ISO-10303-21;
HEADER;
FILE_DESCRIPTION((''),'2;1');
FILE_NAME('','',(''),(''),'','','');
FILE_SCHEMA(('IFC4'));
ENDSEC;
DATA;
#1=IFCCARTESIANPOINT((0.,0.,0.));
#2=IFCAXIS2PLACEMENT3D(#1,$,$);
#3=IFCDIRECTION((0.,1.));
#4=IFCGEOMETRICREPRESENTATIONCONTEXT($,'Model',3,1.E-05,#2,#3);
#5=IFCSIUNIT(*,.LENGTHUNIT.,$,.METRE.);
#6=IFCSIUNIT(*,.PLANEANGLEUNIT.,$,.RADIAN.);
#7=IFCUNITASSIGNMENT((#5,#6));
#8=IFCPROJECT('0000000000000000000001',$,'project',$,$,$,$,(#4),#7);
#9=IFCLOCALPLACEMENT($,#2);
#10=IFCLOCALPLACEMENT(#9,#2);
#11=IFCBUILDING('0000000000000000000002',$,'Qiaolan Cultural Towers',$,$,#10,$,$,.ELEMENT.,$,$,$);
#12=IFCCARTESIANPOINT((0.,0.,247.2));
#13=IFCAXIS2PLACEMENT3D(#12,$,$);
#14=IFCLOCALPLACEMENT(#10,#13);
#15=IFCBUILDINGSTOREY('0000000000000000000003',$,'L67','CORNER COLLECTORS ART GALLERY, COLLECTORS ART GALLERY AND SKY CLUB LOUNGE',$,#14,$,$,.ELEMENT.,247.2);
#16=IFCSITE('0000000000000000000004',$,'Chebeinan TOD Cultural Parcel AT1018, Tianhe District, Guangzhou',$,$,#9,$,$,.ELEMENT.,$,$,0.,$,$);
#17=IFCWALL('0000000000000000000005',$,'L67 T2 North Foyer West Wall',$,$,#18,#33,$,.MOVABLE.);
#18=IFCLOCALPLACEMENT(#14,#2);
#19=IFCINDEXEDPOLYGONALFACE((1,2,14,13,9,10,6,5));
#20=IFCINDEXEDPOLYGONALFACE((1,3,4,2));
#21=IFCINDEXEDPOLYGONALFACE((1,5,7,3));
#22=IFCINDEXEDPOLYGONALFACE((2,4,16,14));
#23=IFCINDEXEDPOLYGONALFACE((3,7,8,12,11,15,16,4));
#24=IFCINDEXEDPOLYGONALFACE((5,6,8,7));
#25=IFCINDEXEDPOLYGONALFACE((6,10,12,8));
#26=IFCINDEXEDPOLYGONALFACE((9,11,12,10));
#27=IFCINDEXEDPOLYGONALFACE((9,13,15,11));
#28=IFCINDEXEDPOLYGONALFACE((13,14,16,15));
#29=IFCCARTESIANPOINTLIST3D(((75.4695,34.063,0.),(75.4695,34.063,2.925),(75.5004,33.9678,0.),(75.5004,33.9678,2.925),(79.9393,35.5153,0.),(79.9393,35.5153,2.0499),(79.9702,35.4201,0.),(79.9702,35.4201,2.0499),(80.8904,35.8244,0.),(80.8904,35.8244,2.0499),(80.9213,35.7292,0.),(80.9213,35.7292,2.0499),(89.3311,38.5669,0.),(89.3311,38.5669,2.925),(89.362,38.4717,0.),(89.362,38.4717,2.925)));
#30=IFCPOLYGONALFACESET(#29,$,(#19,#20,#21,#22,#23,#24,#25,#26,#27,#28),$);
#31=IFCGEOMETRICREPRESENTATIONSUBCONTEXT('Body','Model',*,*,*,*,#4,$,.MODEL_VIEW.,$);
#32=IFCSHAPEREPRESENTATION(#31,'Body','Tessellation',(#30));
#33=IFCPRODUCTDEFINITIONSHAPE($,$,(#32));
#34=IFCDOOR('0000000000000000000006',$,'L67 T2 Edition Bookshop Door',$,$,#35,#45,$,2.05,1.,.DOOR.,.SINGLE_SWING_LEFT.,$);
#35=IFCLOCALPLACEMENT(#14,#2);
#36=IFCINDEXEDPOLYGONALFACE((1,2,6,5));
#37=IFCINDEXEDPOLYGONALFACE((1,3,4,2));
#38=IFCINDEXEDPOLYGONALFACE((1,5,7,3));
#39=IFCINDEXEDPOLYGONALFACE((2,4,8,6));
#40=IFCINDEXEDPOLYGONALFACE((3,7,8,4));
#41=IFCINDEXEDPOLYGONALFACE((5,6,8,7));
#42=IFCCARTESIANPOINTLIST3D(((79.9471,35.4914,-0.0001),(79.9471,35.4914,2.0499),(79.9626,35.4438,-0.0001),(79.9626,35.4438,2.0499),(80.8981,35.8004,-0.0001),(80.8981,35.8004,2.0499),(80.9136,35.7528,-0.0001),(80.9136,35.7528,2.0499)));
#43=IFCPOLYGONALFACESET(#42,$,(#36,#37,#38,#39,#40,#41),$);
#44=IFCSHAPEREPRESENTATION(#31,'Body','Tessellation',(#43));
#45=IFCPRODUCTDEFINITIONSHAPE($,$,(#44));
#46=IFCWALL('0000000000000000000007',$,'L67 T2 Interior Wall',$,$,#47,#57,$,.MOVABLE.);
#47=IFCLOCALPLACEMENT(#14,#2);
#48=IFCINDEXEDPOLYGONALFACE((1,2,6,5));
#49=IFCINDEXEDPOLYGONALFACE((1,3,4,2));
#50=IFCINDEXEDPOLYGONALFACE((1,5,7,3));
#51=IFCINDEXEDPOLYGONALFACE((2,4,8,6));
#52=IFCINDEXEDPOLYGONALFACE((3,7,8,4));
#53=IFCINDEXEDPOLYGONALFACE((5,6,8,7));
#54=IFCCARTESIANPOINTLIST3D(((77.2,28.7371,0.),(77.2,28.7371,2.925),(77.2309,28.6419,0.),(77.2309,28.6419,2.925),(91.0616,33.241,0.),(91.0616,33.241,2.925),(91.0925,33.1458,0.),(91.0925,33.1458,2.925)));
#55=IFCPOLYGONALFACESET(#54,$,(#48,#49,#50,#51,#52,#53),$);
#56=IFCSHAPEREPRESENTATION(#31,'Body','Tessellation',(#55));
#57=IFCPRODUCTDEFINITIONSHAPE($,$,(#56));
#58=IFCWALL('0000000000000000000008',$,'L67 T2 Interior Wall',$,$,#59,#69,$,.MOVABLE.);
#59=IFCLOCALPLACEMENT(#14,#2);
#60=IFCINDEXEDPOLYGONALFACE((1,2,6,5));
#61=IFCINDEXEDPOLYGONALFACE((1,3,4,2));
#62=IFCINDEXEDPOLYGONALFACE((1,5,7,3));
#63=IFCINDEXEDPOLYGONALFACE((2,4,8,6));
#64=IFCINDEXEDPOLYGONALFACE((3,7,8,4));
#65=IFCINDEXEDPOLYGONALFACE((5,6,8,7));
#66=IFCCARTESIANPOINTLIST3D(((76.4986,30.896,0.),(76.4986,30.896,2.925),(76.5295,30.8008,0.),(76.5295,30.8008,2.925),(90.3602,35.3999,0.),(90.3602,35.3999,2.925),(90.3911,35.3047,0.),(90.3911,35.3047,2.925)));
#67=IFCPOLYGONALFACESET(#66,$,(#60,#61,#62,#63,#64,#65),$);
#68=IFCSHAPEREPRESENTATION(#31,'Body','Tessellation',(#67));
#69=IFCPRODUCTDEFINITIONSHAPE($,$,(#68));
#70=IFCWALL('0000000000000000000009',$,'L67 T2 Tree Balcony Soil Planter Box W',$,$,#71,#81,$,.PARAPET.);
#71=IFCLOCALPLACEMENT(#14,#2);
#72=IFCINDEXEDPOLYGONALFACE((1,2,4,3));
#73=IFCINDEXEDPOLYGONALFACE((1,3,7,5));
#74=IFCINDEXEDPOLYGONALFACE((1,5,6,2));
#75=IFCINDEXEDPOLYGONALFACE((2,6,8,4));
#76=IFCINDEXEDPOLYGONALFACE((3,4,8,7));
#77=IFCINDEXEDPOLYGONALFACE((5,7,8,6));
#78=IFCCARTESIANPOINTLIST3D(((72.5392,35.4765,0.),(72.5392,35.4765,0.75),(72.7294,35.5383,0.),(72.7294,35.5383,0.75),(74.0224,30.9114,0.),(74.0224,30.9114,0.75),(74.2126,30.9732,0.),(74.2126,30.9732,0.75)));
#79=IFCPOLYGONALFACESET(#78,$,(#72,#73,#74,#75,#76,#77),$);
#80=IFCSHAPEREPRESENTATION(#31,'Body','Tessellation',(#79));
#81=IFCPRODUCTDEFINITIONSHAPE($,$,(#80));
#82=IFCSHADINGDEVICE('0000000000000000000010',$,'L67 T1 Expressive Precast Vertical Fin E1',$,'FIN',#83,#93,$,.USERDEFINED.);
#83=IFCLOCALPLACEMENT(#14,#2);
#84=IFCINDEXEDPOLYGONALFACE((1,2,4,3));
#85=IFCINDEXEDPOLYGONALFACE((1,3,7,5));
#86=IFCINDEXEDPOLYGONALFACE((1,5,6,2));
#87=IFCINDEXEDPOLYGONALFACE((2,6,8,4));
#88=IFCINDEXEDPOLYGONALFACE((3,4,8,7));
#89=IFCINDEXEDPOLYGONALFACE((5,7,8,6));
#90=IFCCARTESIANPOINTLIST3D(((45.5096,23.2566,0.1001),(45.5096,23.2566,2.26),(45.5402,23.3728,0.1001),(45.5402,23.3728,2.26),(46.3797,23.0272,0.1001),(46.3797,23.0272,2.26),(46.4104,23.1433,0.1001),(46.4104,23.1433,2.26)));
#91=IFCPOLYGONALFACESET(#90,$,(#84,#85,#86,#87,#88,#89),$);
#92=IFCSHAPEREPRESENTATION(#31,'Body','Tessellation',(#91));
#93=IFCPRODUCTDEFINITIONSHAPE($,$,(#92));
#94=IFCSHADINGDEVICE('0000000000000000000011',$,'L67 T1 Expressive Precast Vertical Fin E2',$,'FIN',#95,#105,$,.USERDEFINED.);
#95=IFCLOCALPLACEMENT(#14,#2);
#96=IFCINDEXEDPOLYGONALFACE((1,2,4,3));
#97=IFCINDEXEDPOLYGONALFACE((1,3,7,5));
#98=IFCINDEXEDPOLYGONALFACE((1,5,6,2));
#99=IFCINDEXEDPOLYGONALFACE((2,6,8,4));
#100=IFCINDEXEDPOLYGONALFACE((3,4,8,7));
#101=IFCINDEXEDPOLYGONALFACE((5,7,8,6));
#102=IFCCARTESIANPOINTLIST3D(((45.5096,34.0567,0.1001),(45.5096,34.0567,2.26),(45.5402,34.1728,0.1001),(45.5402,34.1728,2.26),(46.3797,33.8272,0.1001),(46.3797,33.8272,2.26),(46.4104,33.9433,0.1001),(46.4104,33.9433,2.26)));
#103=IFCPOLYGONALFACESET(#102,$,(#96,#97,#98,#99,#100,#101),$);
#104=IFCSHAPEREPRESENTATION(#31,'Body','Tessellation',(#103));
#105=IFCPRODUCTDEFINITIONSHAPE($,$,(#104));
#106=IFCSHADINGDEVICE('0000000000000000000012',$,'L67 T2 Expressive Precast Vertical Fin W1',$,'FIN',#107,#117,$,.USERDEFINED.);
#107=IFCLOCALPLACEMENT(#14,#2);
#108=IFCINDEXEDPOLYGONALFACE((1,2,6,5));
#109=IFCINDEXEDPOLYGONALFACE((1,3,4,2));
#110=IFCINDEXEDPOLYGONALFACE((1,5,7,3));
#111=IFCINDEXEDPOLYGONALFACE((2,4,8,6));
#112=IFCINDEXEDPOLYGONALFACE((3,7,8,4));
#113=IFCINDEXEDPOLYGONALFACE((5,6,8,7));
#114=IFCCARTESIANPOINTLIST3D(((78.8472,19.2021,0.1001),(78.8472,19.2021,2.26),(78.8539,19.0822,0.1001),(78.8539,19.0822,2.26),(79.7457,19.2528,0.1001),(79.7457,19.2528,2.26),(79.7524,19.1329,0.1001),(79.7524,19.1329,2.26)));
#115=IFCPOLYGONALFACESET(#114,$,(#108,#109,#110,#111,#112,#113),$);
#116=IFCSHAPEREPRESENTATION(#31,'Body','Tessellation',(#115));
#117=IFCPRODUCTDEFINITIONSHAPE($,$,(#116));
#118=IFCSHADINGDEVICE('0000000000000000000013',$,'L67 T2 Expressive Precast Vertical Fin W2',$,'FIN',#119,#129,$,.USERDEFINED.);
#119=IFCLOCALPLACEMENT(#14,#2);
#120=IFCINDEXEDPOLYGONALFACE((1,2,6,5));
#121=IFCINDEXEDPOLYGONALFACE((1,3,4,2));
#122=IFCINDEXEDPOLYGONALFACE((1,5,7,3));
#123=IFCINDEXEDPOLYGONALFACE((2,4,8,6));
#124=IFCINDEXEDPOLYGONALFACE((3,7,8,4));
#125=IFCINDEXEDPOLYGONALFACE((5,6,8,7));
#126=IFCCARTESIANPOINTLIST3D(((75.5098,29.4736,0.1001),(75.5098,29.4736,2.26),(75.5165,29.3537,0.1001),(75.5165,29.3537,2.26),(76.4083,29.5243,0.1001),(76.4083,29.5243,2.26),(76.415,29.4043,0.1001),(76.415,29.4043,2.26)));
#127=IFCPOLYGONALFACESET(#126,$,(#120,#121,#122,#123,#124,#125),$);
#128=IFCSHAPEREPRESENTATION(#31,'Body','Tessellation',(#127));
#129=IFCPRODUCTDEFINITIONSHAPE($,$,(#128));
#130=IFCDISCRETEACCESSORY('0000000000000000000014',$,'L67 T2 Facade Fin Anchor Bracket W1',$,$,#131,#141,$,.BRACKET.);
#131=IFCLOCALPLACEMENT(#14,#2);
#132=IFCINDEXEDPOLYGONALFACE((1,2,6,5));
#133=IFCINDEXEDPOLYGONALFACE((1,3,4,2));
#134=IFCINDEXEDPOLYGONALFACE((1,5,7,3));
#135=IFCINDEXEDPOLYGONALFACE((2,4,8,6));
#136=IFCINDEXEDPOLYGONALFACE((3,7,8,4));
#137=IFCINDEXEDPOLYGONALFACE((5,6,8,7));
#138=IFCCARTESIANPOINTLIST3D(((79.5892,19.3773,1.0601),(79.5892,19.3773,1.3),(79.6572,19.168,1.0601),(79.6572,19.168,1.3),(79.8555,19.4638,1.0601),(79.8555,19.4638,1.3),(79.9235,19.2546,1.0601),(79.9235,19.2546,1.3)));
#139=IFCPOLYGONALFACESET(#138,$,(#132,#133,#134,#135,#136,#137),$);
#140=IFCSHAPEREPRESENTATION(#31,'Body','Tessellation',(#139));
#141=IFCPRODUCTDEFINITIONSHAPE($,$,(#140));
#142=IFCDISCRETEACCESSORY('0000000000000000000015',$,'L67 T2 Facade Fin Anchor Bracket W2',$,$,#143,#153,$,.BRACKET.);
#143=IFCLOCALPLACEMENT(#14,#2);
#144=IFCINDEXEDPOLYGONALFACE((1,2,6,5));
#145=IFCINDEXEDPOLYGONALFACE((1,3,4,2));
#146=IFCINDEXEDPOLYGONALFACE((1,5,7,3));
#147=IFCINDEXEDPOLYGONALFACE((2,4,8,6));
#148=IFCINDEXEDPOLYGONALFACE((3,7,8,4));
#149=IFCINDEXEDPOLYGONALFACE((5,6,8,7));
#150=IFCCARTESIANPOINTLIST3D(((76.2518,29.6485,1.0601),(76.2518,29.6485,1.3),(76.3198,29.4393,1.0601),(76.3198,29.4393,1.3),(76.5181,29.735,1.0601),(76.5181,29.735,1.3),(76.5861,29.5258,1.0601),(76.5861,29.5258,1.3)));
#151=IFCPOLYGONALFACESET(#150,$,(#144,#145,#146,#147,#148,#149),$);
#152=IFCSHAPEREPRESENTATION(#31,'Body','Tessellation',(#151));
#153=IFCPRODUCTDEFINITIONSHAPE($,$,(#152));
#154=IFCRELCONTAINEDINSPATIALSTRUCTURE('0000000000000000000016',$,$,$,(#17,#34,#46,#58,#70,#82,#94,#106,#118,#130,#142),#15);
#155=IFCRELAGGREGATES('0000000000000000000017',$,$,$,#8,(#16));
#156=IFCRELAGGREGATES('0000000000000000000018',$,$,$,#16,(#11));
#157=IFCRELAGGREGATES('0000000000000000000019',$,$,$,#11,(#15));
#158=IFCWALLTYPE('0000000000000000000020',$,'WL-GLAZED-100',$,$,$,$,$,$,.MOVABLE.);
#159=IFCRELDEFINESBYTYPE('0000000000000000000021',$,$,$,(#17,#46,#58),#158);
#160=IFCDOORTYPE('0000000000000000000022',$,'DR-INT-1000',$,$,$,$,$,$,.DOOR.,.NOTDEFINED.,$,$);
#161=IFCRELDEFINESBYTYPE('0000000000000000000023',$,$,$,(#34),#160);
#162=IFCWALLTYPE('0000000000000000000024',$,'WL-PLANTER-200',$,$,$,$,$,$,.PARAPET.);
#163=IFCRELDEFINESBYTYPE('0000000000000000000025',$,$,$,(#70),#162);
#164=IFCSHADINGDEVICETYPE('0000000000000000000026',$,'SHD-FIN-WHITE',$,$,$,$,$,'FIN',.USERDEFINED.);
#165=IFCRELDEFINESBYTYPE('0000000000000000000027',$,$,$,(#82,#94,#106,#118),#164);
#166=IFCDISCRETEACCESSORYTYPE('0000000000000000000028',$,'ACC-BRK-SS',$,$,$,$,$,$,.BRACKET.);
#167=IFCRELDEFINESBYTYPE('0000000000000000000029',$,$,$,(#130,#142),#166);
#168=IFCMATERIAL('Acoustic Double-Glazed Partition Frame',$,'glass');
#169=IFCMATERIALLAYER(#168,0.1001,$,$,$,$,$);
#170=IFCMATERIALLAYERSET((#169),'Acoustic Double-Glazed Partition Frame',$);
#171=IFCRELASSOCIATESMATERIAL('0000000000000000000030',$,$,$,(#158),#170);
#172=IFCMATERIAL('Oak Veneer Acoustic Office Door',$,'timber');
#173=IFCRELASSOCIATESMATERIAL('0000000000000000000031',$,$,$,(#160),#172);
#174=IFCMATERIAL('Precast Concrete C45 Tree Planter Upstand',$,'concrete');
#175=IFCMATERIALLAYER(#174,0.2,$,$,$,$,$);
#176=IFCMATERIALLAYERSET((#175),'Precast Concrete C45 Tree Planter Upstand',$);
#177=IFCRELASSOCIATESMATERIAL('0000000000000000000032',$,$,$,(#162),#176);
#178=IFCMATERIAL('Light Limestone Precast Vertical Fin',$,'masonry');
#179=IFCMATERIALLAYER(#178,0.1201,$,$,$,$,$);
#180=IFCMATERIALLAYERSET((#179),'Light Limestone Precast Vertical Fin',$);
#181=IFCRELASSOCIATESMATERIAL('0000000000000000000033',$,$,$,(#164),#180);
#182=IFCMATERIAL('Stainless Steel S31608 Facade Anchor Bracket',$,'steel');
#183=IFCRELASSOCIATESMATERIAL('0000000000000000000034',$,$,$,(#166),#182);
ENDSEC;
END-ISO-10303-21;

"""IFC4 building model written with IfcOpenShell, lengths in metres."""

from ifc_helpers import new_model, si_unit, direction, frame, frame_2d, origin, origin_2d, place, context, subcontext, project, spatial, rectangle, extrude, material, layer, layer_set, type_object, element, fill, save


model = new_model("IFC4")

# Units and contexts
model_context = context("Model", 3, precision=1e-05, world=origin(), true_north=direction((0.0, 1.0)))
body_context = subcontext(model_context, "Body", "Model", "MODEL_VIEW")
ifc_project = project(units=[si_unit("LENGTHUNIT", "METRE"), si_unit("PLANEANGLEUNIT", "RADIAN")], contexts=[model_context])

# Site, building, storey
site_placement = place(None, origin())
site = spatial("IfcSite", under=ifc_project, at=site_placement, Name="Chebeinan TOD Cultural Parcel AT1018, Tianhe District, Guangzhou", CompositionType="ELEMENT", RefElevation=0.0)
building_placement = place(site_placement, origin())
building = spatial("IfcBuilding", under=site, at=building_placement, Name="Qiaolan Cultural Towers", CompositionType="ELEMENT")
storey_placement = place(building_placement, frame((0.0, 0.0, 247.2)))
storey = spatial("IfcBuildingStorey", under=building, at=storey_placement, Name="L67", Description="CORNER COLLECTORS ART GALLERY, COLLECTORS ART GALLERY AND SKY CLUB LOUNGE", CompositionType="ELEMENT", Elevation=247.2)

# Shared definitions
ifc_material_1 = material(Name="Acoustic Double-Glazed Partition Frame", Category="glass")
ifc_layer_1 = layer(ifc_material_1, 0.1001)
ifc_layer_set_1 = layer_set([ifc_layer_1], Name="Acoustic Double-Glazed Partition Frame")
wall_type_1 = type_object("IfcWallType", Name="WL-GLAZED-100", PredefinedType="MOVABLE", material=ifc_layer_set_1)

# Wall, opening, door
wall_1_placement = place(storey_placement, frame((75.4849, 34.0154, 0.0), z_axis=(0.0, 0.0, 1.0), x_axis=(0.951056, 0.309018, 0.0)))
wall_1 = element("IfcWall", 1, at=wall_1_placement, inside=storey, type_object=wall_type_1, Name="L67 T2 North Foyer West Wall", PredefinedType="MOVABLE", context=body_context, shape_type="SweptSolid", body=[
    extrude(rectangle(XDim=14.575, YDim=0.1001, at=frame_2d((7.2876, 0.0))), origin(), (0.0, 0.0, 1.0), 2.925),
])
opening_placement = place(wall_1_placement, frame((4.7, 0.0, 0.0)))
opening = element("IfcOpeningElement", 2, at=opening_placement, cuts=wall_1, PredefinedType="OPENING", context=body_context, shape_type="SweptSolid", body=[
    extrude(rectangle(XDim=1.0, YDim=2.05, at=frame_2d((0.5, 1.0249))), frame((0.0, 0.0601, 0.0), z_axis=(0.0, -1.0, 0.0), x_axis=(1.0, 0.0, 0.0)), (0.0, 0.0, 1.0), 0.1201),
])
ifc_material_2 = material(Name="Oak Veneer Acoustic Office Door", Category="timber")
door_type = type_object("IfcDoorType", Name="DR-INT-1000", OperationType="NOTDEFINED", PredefinedType="DOOR", material=ifc_material_2)
door_placement = place(opening_placement, origin())
door = element("IfcDoor", 3, at=door_placement, inside=storey, type_object=door_type, Name="L67 T2 Edition Bookshop Door", OperationType="SINGLE_SWING_LEFT", OverallHeight=2.05, OverallWidth=1.0, PredefinedType="DOOR", context=body_context, shape_type="SweptSolid", body=[
    extrude(rectangle(XDim=1.0, YDim=2.05, at=frame_2d((0.5, 1.0249))), frame((0.0, 0.0249, 0.0), z_axis=(0.0, -1.0, 0.0), x_axis=(1.0, 0.0, 0.0)), (0.0, 0.0, 1.0), 0.05),
])
fill(opening, door)

# Walls
for number, where, z_axis, x_axis, name in (
    (4, (77.2153, 28.6895, 0.0), (0.0, 0.0, 1.0), (0.951056, 0.309018, 0.0), "L67 T2 Interior Wall"),
    (5, (76.5139, 30.8484, 0.0), (0.0, 0.0, 1.0), (0.951056, 0.309018, 0.0), "L67 T2 Interior Wall"),
):
    element("IfcWall", number, at=place(storey_placement, frame(where, z_axis=z_axis, x_axis=x_axis)), inside=storey, type_object=wall_type_1, Name=name, PredefinedType="MOVABLE", context=body_context, shape_type="SweptSolid", body=[
        extrude(rectangle(XDim=14.575, YDim=0.1001, at=frame_2d((7.2876, 0.0))), origin(), (0.0, 0.0, 1.0), 2.925),
    ])
ifc_material_3 = material(Name="Precast Concrete C45 Tree Planter Upstand", Category="concrete")
ifc_layer_2 = layer(ifc_material_3, 0.2)
ifc_layer_set_2 = layer_set([ifc_layer_2], Name="Precast Concrete C45 Tree Planter Upstand")
wall_type_2 = type_object("IfcWallType", Name="WL-PLANTER-200", PredefinedType="PARAPET", material=ifc_layer_set_2)
wall_2_placement = place(storey_placement, frame((74.1174, 30.9424, 0.0), z_axis=(0.0, 0.0, 1.0), x_axis=(-0.308986, 0.951067, 0.0)))
element("IfcWall", 6, at=wall_2_placement, inside=storey, type_object=wall_type_2, Name="L67 T2 Tree Balcony Soil Planter Box W", PredefinedType="PARAPET", context=body_context, shape_type="SweptSolid", body=[
    extrude(rectangle(XDim=4.8, YDim=0.2, at=frame_2d((2.3999, 0.0))), origin(), (0.0, 0.0, 1.0), 0.75),
])

# Shading devices
ifc_material_4 = material(Name="Light Limestone Precast Vertical Fin", Category="masonry")
ifc_layer_3 = layer(ifc_material_4, 0.1201)
ifc_layer_set_3 = layer_set([ifc_layer_3], Name="Light Limestone Precast Vertical Fin")
shading_device_type = type_object("IfcShadingDeviceType", Name="SHD-FIN-WHITE", ElementType="FIN", PredefinedType="USERDEFINED", material=ifc_layer_set_3)
for number, where, z_axis, x_axis, name in (
    (7, (45.96, 23.2, 0.1001), (0.0, 0.0, 1.0), (0.966948, -0.254975, 0.0), "L67 T1 Expressive Precast Vertical Fin E1"),
    (8, (45.96, 34.0, 0.1001), (0.0, 0.0, 1.0), (0.966948, -0.254975, 0.0), "L67 T1 Expressive Precast Vertical Fin E2"),
    (9, (79.2998, 19.1675, 0.1001), (0.0, 0.0, 1.0), (0.998413, 0.056307, 0.0), "L67 T2 Expressive Precast Vertical Fin W1"),
    (10, (75.9624, 29.439, 0.1001), (0.0, 0.0, 1.0), (0.998413, 0.056307, 0.0), "L67 T2 Expressive Precast Vertical Fin W2"),
):
    element("IfcShadingDevice", number, at=place(storey_placement, frame(where, z_axis=z_axis, x_axis=x_axis)), inside=storey, type_object=shading_device_type, Name=name, ObjectType="FIN", PredefinedType="USERDEFINED", context=body_context, shape_type="SweptSolid", body=[
        extrude(rectangle(XDim=0.8999, YDim=0.1201, at=origin_2d()), origin(), (0.0, 0.0, 1.0), 2.1599),
    ])

# Discrete accessories
ifc_material_5 = material(Name="Stainless Steel S31608 Facade Anchor Bracket", Category="steel")
discrete_accessory_type = type_object("IfcDiscreteAccessoryType", Name="ACC-BRK-SS", PredefinedType="BRACKET", material=ifc_material_5)
for number, where, z_axis, x_axis, name in (
    (11, (79.7563, 19.3159, 1.0601), (0.0, 0.0, 1.0), (0.951057, 0.309017, 0.0), "L67 T2 Facade Fin Anchor Bracket W1"),
    (12, (76.4189, 29.5872, 1.0601), (0.0, 0.0, 1.0), (0.951057, 0.309017, 0.0), "L67 T2 Facade Fin Anchor Bracket W2"),
):
    element("IfcDiscreteAccessory", number, at=place(storey_placement, frame(where, z_axis=z_axis, x_axis=x_axis)), inside=storey, type_object=discrete_accessory_type, Name=name, PredefinedType="BRACKET", context=body_context, shape_type="SweptSolid", body=[
        extrude(rectangle(XDim=0.28, YDim=0.22, at=origin_2d()), origin(), (0.0, 0.0, 1.0), 0.24),
    ])

save(model, "model.ifc")
